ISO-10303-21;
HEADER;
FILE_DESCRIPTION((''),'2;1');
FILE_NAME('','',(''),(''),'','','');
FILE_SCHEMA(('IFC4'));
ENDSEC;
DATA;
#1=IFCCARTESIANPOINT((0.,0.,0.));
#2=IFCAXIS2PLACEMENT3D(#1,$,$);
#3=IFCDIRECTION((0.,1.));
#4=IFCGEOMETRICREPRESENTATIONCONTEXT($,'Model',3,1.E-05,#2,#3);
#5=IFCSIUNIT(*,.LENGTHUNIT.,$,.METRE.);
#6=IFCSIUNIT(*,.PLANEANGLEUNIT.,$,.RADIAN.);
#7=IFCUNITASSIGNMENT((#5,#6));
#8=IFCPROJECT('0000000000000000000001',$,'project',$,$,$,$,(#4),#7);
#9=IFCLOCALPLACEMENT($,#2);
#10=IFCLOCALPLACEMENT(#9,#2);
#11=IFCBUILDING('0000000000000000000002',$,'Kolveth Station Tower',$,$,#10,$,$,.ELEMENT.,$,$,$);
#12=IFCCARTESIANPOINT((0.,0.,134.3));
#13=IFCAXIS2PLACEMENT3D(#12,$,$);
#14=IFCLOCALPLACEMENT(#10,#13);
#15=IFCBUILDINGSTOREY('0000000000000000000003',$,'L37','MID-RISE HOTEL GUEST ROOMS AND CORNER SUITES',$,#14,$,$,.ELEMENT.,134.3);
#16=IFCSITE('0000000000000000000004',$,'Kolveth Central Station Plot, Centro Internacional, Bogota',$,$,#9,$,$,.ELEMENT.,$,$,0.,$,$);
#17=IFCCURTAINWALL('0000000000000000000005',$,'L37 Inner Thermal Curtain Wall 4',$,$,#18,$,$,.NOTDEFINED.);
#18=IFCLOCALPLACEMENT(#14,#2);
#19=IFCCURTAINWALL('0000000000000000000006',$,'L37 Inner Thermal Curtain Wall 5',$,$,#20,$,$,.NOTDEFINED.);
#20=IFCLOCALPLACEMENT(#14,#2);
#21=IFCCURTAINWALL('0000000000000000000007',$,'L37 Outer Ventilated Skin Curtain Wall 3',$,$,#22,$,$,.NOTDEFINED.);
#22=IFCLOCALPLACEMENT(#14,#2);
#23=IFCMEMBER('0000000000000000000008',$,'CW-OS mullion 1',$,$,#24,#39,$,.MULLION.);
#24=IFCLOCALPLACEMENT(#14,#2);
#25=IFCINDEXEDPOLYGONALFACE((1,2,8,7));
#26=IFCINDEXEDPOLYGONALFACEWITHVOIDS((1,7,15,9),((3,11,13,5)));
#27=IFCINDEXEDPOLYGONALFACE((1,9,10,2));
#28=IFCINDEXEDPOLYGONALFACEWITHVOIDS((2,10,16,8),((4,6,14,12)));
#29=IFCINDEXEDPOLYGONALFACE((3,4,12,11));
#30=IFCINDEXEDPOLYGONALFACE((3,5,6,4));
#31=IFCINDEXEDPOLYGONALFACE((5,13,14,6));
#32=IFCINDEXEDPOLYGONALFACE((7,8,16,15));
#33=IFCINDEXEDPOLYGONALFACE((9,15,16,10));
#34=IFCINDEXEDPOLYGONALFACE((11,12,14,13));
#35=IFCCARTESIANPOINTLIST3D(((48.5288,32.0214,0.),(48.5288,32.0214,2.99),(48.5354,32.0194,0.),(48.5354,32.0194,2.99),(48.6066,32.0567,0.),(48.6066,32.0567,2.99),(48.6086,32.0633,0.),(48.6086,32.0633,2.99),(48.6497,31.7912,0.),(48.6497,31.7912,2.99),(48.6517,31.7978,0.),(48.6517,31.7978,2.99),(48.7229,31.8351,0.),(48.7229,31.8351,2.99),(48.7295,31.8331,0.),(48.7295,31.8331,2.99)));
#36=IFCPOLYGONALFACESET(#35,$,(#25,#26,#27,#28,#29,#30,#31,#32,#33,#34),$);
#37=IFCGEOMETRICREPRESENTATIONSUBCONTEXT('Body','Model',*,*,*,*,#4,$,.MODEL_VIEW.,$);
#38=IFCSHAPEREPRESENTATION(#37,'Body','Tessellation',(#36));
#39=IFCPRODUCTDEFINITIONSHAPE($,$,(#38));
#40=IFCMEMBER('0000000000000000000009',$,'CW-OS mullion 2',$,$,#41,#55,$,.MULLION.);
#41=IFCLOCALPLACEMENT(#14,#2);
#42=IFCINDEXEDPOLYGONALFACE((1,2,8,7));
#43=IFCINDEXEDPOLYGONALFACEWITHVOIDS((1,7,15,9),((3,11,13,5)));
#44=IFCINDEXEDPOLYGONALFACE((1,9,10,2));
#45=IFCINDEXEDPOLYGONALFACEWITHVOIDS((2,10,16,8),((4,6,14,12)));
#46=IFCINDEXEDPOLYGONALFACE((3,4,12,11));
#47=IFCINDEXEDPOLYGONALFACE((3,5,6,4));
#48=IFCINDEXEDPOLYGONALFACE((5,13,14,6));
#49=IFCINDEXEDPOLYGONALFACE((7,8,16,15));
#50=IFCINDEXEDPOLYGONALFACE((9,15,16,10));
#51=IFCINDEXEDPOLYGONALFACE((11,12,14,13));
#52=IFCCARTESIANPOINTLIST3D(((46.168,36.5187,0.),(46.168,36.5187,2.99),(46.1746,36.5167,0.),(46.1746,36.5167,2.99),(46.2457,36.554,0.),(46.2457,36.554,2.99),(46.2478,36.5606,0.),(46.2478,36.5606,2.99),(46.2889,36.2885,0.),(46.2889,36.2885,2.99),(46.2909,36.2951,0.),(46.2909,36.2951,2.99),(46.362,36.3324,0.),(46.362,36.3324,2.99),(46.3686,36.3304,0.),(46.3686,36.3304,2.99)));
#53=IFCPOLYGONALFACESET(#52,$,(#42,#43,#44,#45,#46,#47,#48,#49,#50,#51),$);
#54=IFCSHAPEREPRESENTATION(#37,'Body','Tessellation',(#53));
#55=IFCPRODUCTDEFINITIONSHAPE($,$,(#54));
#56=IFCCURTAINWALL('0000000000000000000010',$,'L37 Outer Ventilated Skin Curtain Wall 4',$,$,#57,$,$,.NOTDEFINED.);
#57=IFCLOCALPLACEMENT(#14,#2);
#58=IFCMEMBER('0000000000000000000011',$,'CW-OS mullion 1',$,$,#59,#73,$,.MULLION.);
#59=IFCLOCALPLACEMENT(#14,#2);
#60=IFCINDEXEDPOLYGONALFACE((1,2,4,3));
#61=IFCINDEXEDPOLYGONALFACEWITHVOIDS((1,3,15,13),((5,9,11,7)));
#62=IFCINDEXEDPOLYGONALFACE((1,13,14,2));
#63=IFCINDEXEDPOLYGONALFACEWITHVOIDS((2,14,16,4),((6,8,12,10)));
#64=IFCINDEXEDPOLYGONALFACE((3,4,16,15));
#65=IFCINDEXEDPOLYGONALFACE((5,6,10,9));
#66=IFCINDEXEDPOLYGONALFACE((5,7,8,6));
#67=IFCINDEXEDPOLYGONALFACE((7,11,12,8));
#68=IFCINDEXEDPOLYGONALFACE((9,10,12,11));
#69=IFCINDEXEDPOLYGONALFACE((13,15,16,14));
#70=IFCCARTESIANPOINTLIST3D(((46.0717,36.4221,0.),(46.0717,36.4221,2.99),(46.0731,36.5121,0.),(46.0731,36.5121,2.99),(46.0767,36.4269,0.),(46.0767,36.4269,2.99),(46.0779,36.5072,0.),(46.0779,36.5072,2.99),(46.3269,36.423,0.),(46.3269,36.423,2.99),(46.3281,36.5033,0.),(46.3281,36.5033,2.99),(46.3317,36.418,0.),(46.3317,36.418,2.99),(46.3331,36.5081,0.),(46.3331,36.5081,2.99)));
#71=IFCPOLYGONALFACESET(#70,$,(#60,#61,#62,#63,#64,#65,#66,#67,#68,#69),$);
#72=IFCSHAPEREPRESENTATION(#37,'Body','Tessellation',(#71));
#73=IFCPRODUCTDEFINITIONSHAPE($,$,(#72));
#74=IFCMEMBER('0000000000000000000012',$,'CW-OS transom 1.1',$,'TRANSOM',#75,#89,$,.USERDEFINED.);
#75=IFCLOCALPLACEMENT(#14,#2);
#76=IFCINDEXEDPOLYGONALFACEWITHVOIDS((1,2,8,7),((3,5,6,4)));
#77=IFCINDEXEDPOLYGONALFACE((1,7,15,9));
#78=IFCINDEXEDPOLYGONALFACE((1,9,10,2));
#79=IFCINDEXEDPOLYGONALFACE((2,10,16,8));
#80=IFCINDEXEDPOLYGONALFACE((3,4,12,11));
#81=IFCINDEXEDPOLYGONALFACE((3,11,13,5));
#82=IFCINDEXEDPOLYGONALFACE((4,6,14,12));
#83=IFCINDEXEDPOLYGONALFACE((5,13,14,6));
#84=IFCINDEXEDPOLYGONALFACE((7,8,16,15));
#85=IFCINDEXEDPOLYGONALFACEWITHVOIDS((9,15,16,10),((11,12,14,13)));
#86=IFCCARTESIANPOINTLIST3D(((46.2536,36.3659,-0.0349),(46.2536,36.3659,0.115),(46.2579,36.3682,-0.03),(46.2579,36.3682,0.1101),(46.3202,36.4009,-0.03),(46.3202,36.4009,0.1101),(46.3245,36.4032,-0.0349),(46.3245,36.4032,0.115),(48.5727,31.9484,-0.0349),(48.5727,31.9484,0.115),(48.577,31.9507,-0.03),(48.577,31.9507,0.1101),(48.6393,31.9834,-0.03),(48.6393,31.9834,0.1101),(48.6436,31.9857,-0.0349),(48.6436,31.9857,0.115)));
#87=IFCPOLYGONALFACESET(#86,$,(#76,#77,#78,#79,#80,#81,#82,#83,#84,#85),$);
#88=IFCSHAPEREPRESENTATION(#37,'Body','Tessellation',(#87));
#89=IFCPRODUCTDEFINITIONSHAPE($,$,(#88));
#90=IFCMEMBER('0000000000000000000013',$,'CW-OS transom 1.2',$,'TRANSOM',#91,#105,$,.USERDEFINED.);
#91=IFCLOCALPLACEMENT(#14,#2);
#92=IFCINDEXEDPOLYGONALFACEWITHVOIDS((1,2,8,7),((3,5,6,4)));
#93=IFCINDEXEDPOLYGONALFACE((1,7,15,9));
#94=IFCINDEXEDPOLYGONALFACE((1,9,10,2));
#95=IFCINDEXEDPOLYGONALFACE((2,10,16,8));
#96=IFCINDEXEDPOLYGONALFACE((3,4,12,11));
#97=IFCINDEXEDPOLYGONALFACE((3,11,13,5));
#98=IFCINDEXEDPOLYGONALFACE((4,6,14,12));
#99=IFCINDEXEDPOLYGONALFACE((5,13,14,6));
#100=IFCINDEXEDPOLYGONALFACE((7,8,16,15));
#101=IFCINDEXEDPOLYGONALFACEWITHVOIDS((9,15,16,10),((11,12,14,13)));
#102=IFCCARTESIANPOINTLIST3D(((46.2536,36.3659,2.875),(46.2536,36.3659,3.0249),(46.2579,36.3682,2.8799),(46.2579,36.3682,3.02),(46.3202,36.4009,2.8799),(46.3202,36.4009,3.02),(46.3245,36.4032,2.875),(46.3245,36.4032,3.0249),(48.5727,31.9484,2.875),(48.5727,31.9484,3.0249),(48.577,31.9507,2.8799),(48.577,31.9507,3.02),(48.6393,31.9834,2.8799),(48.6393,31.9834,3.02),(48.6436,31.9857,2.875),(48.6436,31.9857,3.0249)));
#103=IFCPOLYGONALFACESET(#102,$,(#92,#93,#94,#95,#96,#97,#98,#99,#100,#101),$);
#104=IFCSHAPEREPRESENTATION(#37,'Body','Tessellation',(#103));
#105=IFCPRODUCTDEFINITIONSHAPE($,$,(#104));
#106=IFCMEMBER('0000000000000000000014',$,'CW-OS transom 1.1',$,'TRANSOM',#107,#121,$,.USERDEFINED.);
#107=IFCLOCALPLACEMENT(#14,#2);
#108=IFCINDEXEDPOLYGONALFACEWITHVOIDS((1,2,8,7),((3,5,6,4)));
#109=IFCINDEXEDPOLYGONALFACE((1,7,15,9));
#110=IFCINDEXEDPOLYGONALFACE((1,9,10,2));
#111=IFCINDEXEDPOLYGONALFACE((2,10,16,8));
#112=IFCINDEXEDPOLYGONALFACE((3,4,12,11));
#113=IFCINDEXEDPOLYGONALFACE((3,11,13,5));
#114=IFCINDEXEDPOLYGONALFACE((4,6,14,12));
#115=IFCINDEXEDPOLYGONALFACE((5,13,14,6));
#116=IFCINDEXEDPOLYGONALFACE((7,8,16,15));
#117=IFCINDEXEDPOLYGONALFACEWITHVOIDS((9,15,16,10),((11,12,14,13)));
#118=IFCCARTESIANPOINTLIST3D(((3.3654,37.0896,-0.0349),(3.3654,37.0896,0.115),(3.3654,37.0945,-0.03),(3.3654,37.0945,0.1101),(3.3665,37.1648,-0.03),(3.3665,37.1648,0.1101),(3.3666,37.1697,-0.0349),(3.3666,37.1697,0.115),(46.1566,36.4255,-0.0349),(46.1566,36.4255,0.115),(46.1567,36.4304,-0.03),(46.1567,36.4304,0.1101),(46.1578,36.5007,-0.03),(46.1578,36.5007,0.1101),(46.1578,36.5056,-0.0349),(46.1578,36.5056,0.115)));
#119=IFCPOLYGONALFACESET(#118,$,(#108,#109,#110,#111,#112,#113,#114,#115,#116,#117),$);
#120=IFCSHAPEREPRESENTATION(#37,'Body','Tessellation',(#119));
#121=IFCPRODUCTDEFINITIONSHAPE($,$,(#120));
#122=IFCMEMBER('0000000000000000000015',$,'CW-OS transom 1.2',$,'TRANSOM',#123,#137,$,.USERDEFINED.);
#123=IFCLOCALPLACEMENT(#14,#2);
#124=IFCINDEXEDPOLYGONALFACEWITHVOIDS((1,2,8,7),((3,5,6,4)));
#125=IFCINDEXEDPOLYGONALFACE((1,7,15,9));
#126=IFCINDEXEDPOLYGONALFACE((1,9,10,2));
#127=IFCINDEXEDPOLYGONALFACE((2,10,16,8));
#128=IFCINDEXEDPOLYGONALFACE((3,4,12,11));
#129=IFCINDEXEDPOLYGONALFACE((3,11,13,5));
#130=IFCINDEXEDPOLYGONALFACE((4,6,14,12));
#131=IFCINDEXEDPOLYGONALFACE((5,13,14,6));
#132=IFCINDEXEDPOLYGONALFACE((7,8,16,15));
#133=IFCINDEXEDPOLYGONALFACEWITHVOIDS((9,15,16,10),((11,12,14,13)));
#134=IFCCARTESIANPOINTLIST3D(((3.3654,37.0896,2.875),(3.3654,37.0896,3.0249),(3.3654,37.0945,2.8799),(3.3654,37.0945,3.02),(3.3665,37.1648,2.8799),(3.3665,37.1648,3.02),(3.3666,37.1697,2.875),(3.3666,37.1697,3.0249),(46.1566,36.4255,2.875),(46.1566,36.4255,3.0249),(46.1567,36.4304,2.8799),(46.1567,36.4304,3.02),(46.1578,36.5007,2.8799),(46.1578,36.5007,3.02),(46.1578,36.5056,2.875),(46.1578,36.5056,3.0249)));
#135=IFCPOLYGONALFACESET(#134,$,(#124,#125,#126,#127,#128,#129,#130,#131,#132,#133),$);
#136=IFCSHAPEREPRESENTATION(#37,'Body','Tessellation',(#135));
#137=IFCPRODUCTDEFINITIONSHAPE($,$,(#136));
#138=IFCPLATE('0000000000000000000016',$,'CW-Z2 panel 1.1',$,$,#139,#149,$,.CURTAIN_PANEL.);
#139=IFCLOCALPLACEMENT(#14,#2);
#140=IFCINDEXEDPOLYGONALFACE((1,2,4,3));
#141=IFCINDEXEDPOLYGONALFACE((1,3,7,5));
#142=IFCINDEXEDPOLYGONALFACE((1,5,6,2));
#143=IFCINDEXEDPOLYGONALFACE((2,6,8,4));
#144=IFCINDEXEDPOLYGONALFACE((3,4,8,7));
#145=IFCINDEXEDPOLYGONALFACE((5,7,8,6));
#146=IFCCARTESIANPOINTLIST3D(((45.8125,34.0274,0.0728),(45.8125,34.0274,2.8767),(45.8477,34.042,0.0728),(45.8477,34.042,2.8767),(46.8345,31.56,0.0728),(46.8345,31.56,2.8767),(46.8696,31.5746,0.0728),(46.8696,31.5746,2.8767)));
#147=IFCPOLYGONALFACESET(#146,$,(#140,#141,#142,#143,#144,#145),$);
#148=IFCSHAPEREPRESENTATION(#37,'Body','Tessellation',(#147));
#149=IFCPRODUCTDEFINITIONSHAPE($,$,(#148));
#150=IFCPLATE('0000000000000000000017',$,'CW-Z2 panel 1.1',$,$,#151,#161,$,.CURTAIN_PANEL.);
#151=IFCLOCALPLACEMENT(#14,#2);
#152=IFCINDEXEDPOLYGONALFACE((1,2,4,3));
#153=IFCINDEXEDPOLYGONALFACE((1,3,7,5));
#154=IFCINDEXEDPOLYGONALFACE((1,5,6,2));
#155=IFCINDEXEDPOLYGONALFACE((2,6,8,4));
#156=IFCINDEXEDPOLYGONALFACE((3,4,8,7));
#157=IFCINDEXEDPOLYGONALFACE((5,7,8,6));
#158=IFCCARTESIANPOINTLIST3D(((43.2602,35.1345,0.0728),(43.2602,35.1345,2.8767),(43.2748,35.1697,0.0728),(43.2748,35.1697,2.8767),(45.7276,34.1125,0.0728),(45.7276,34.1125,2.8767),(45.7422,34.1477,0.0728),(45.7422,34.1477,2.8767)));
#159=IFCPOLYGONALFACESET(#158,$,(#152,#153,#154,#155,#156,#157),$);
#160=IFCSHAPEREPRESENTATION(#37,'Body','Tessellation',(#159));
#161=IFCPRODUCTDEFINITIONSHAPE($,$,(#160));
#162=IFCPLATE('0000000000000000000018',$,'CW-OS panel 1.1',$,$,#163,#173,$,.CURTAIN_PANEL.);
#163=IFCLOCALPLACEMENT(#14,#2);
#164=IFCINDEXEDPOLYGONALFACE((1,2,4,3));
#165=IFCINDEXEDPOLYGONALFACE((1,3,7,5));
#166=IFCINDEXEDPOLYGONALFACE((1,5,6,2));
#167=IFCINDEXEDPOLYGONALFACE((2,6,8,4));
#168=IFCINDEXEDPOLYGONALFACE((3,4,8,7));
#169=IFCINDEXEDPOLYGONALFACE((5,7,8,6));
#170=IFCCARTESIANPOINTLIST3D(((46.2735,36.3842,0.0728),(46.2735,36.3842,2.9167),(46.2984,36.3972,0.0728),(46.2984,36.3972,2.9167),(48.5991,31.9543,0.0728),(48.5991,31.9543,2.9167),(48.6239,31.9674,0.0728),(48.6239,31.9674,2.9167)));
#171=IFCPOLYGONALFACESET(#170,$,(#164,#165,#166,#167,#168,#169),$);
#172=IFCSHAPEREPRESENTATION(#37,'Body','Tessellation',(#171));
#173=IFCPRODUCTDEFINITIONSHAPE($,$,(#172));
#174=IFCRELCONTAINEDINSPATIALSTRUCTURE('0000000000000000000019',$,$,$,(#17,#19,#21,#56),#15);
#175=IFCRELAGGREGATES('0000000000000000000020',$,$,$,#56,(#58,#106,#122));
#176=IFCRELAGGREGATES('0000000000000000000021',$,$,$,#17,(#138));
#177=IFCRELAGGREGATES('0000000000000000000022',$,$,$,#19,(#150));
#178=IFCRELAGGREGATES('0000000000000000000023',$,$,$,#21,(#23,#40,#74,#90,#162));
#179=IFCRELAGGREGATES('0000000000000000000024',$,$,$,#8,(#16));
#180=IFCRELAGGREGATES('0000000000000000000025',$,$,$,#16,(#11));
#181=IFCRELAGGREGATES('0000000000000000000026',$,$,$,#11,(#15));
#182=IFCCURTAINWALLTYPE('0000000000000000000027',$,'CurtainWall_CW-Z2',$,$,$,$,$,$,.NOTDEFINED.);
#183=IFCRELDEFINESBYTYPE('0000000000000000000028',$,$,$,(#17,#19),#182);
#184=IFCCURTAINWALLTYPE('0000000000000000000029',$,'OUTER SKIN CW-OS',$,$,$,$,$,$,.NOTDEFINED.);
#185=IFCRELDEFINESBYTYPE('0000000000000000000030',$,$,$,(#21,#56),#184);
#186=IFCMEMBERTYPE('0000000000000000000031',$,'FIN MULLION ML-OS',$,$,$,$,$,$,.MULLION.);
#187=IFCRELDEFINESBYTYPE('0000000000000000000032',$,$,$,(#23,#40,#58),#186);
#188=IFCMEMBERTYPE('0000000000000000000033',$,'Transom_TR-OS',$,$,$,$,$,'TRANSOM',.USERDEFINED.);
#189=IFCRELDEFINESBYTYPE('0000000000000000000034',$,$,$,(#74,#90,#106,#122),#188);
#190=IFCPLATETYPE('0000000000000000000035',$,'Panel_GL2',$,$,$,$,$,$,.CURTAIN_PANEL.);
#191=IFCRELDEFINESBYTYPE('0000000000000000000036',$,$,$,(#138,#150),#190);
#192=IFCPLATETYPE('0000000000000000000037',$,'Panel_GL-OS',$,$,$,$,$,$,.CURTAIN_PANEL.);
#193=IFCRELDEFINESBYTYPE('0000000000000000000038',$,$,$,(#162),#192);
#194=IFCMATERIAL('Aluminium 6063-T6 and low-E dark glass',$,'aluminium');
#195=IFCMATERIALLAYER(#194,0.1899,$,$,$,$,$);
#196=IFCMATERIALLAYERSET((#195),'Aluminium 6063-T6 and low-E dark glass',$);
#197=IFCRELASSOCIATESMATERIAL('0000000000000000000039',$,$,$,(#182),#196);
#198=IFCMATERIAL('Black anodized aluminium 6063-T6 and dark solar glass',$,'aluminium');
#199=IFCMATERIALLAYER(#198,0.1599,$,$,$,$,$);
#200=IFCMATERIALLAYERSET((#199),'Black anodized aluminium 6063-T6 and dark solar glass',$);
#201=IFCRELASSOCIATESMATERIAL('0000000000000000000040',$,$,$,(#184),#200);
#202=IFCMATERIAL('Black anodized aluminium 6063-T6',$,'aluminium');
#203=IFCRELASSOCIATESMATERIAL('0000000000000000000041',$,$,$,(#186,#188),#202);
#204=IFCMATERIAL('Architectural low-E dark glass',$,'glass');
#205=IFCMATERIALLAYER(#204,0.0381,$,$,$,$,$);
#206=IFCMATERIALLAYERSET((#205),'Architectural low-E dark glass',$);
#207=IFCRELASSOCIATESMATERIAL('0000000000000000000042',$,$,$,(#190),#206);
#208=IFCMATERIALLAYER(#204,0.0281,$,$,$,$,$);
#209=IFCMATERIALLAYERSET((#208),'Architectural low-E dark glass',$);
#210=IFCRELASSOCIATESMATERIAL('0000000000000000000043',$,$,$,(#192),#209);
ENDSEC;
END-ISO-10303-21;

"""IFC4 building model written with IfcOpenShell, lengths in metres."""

from ifc_helpers import new_model, si_unit, direction, frame, origin, origin_2d, place, context, subcontext, project, spatial, rectangle, hollow_rectangle, extrude, source, transform, mapped, material, layer, layer_set, material_profile, profile_set, type_object, element, aggregate, save


model = new_model("IFC4")

# Units and contexts
model_context = context("Model", 3, precision=1e-05, world=origin(), true_north=direction((0.0, 1.0)))
body_context = subcontext(model_context, "Body", "Model", "MODEL_VIEW")
ifc_project = project(units=[si_unit("LENGTHUNIT", "METRE"), si_unit("PLANEANGLEUNIT", "RADIAN")], contexts=[model_context])

# Site, building, storey
site_placement = place(None, origin())
site = spatial("IfcSite", under=ifc_project, at=site_placement, Name="Kolveth Central Station Plot, Centro Internacional, Bogota", CompositionType="ELEMENT", RefElevation=0.0)
building_placement = place(site_placement, origin())
building = spatial("IfcBuilding", under=site, at=building_placement, Name="Kolveth Station Tower", CompositionType="ELEMENT")
storey_placement = place(building_placement, frame((0.0, 0.0, 134.3)))
storey = spatial("IfcBuildingStorey", under=building, at=storey_placement, Name="L37", Description="MID-RISE HOTEL GUEST ROOMS AND CORNER SUITES", CompositionType="ELEMENT", Elevation=134.3)

# Curtain wall
ifc_material_1 = material(Name="Aluminium 6063-T6 and low-E dark glass", Category="aluminium")
ifc_layer_1 = layer(ifc_material_1, 0.1899)
ifc_layer_set_1 = layer_set([ifc_layer_1], Name="Aluminium 6063-T6 and low-E dark glass")
curtain_wall_type_1 = type_object("IfcCurtainWallType", Name="CurtainWall_CW-Z2", PredefinedType="NOTDEFINED", material=ifc_layer_set_1)
curtain_wall_1_placement = place(storey_placement, origin())
curtain_wall_1 = element("IfcCurtainWall", 1, at=curtain_wall_1_placement, inside=storey, type_object=curtain_wall_type_1, Name="L37 Inner Thermal Curtain Wall 4", PredefinedType="NOTDEFINED")
ifc_material_2 = material(Name="Black anodized aluminium 6063-T6", Category="aluminium")

# Curtain wall
curtain_wall_2_placement = place(storey_placement, origin())
curtain_wall_2 = element("IfcCurtainWall", 2, at=curtain_wall_2_placement, inside=storey, type_object=curtain_wall_type_1, Name="L37 Inner Thermal Curtain Wall 5", PredefinedType="NOTDEFINED")

# Shared definitions
ifc_material_3 = material(Name="Black anodized aluminium 6063-T6 and dark solar glass", Category="aluminium")
ifc_layer_2 = layer(ifc_material_3, 0.1599)
ifc_layer_set_2 = layer_set([ifc_layer_2], Name="Black anodized aluminium 6063-T6 and dark solar glass")
curtain_wall_type_2 = type_object("IfcCurtainWallType", Name="OUTER SKIN CW-OS", PredefinedType="NOTDEFINED", material=ifc_layer_set_2)
ifc_material_profile_1 = material_profile(ifc_material_2, hollow_rectangle(XDim=0.0901, YDim=0.26, WallThickness=0.0049, at=origin_2d()), Name="ALU-90x260x5")
ifc_profile_set_1 = profile_set([ifc_material_profile_1], Name="Black anodized aluminium 6063-T6")
member_type_1 = type_object("IfcMemberType", Name="FIN MULLION ML-OS", PredefinedType="MULLION", material=ifc_profile_set_1)
shared_shape_1 = source(origin(), body_context, "Body", "SweptSolid", [
    extrude(hollow_rectangle(XDim=0.0901, YDim=0.26, WallThickness=0.0049, at=origin_2d()), origin(), (0.0, 0.0, 1.0), 2.99),
])

# Curtain wall, members
curtain_wall_3_placement = place(storey_placement, origin())
curtain_wall_3 = element("IfcCurtainWall", 3, at=curtain_wall_3_placement, inside=storey, type_object=curtain_wall_type_2, Name="L37 Outer Ventilated Skin Curtain Wall 3", PredefinedType="NOTDEFINED")
member_1_placement = place(storey_placement, frame((48.6292, 31.9272, 0.0), z_axis=(0.0, 0.0, 1.0), x_axis=(-0.885412, -0.464808, 0.0)))
member_1 = element("IfcMember", 4, at=member_1_placement, type_object=member_type_1, Name="CW-OS mullion 1", PredefinedType="MULLION", context=body_context, shape_type="MappedRepresentation", body=[
    mapped(shared_shape_1, transform((0.0, 0.0, 0.0), x_axis=(1.0, 0.0, 0.0), y_axis=(0.0, 1.0, 0.0), z_axis=(0.0, 0.0, 1.0), scale=1.0)),
])
member_2_placement = place(storey_placement, frame((46.2683, 36.4246, 0.0), z_axis=(0.0, 0.0, 1.0), x_axis=(-0.885412, -0.464808, 0.0)))
member_2 = element("IfcMember", 5, at=member_2_placement, type_object=member_type_1, Name="CW-OS mullion 2", PredefinedType="MULLION", context=body_context, shape_type="MappedRepresentation", body=[
    mapped(shared_shape_1, transform((0.0, 0.0, 0.0), x_axis=(1.0, 0.0, 0.0), y_axis=(0.0, 1.0, 0.0), z_axis=(0.0, 0.0, 1.0), scale=1.0)),
])

# Curtain wall, member
curtain_wall_4_placement = place(storey_placement, origin())
curtain_wall_4 = element("IfcCurtainWall", 6, at=curtain_wall_4_placement, inside=storey, type_object=curtain_wall_type_2, Name="L37 Outer Ventilated Skin Curtain Wall 4", PredefinedType="NOTDEFINED")
member_3_placement = place(storey_placement, frame((46.2024, 36.4651, 0.0), z_axis=(0.0, 0.0, 1.0), x_axis=(-0.015513, -0.99988, 0.0)))
member_3 = element("IfcMember", 7, at=member_3_placement, type_object=member_type_1, Name="CW-OS mullion 1", PredefinedType="MULLION", context=body_context, shape_type="MappedRepresentation", body=[
    mapped(shared_shape_1, transform((0.0, 0.0, 0.0), x_axis=(1.0, 0.0, 0.0), y_axis=(0.0, 1.0, 0.0), z_axis=(0.0, 0.0, 1.0), scale=1.0)),
])

# Members
ifc_material_profile_2 = material_profile(ifc_material_2, hollow_rectangle(XDim=0.0801, YDim=0.1499, WallThickness=0.0049, at=origin_2d()), Name="ALU-80x150x5")
ifc_profile_set_2 = profile_set([ifc_material_profile_2], Name="Black anodized aluminium 6063-T6")
member_type_2 = type_object("IfcMemberType", Name="Transom_TR-OS", ElementType="TRANSOM", PredefinedType="USERDEFINED", material=ifc_profile_set_2)
shared_shape_2 = source(origin(), body_context, "Body", "SweptSolid", [
    extrude(hollow_rectangle(XDim=0.0801, YDim=0.1499, WallThickness=0.0049, at=origin_2d()), origin(), (0.0, 0.0, 1.0), 4.9893),
])
member_4_placement = place(storey_placement, frame((48.6082, 31.967, 0.04), z_axis=(-0.46482, 0.885405, 0.0), x_axis=(-0.885405, -0.46482, 0.0)))
member_4 = element("IfcMember", 8, at=member_4_placement, type_object=member_type_2, Name="CW-OS transom 1.1", ObjectType="TRANSOM", PredefinedType="USERDEFINED", context=body_context, shape_type="MappedRepresentation", body=[
    mapped(shared_shape_2, transform((0.0, 0.0, 0.0), x_axis=(1.0, 0.0, 0.0), y_axis=(0.0, 1.0, 0.0), z_axis=(0.0, 0.0, 1.0), scale=1.0)),
])
member_5_placement = place(storey_placement, frame((48.6082, 31.967, 2.95), z_axis=(-0.46482, 0.885405, 0.0), x_axis=(-0.885405, -0.46482, 0.0)))
member_5 = element("IfcMember", 9, at=member_5_placement, type_object=member_type_2, Name="CW-OS transom 1.2", ObjectType="TRANSOM", PredefinedType="USERDEFINED", context=body_context, shape_type="MappedRepresentation", body=[
    mapped(shared_shape_2, transform((0.0, 0.0, 0.0), x_axis=(1.0, 0.0, 0.0), y_axis=(0.0, 1.0, 0.0), z_axis=(0.0, 0.0, 1.0), scale=1.0)),
])
shared_shape_3 = source(origin(), body_context, "Body", "SweptSolid", [
    extrude(hollow_rectangle(XDim=0.0801, YDim=0.1499, WallThickness=0.0049, at=origin_2d()), origin(), (0.0, 0.0, 1.0), 42.7964),
])
member_6_placement = place(storey_placement, frame((46.1572, 36.4656, 0.04), z_axis=(-0.99988, 0.015517, 0.0), x_axis=(-0.015517, -0.99988, 0.0)))
member_6 = element("IfcMember", 10, at=member_6_placement, type_object=member_type_2, Name="CW-OS transom 1.1", ObjectType="TRANSOM", PredefinedType="USERDEFINED", context=body_context, shape_type="MappedRepresentation", body=[
    mapped(shared_shape_3, transform((0.0, 0.0, 0.0), x_axis=(1.0, 0.0, 0.0), y_axis=(0.0, 1.0, 0.0), z_axis=(0.0, 0.0, 1.0), scale=1.0)),
])
member_7_placement = place(storey_placement, frame((46.1572, 36.4656, 2.95), z_axis=(-0.99988, 0.015517, 0.0), x_axis=(-0.015517, -0.99988, 0.0)))
member_7 = element("IfcMember", 11, at=member_7_placement, type_object=member_type_2, Name="CW-OS transom 1.2", ObjectType="TRANSOM", PredefinedType="USERDEFINED", context=body_context, shape_type="MappedRepresentation", body=[
    mapped(shared_shape_3, transform((0.0, 0.0, 0.0), x_axis=(1.0, 0.0, 0.0), y_axis=(0.0, 1.0, 0.0), z_axis=(0.0, 0.0, 1.0), scale=1.0)),
])
aggregate(curtain_wall_4, [member_3, member_6, member_7])

# Plates
ifc_material_4 = material(Name="Architectural low-E dark glass", Category="glass")
ifc_layer_3 = layer(ifc_material_4, 0.0381)
ifc_layer_set_3 = layer_set([ifc_layer_3], Name="Architectural low-E dark glass")
plate_type_1 = type_object("IfcPlateType", Name="Panel_GL2", PredefinedType="CURTAIN_PANEL", material=ifc_layer_set_3)
shared_shape_4 = source(origin(), body_context, "Body", "SweptSolid", [
    extrude(rectangle(XDim=2.6707, YDim=0.0381, at=origin_2d()), origin(), (0.0, 0.0, 1.0), 2.804),
])
plate_1_placement = place(storey_placement, frame((46.3411, 32.801, 0.0728), z_axis=(0.0, 0.0, 1.0), x_axis=(-0.382663, 0.923888, 0.0)))
plate_1 = element("IfcPlate", 12, at=plate_1_placement, type_object=plate_type_1, Name="CW-Z2 panel 1.1", PredefinedType="CURTAIN_PANEL", context=body_context, shape_type="MappedRepresentation", body=[
    mapped(shared_shape_4, transform((0.0, 0.0, 0.0), x_axis=(1.0, 0.0, 0.0), y_axis=(0.0, 1.0, 0.0), z_axis=(0.0, 0.0, 1.0), scale=1.0)),
])
aggregate(curtain_wall_1, [plate_1])
plate_2_placement = place(storey_placement, frame((44.5012, 34.6411, 0.0728), z_axis=(0.0, 0.0, 1.0), x_axis=(-0.923888, 0.382663, 0.0)))
plate_2 = element("IfcPlate", 13, at=plate_2_placement, type_object=plate_type_1, Name="CW-Z2 panel 1.1", PredefinedType="CURTAIN_PANEL", context=body_context, shape_type="MappedRepresentation", body=[
    mapped(shared_shape_4, transform((0.0, 0.0, 0.0), x_axis=(1.0, 0.0, 0.0), y_axis=(0.0, 1.0, 0.0), z_axis=(0.0, 0.0, 1.0), scale=1.0)),
])
aggregate(curtain_wall_2, [plate_2])
ifc_layer_4 = layer(ifc_material_4, 0.0281)
ifc_layer_set_4 = layer_set([ifc_layer_4], Name="Architectural low-E dark glass")
plate_type_2 = type_object("IfcPlateType", Name="Panel_GL-OS", PredefinedType="CURTAIN_PANEL", material=ifc_layer_set_4)
shared_shape_5 = source(origin(), body_context, "Body", "SweptSolid", [
    extrude(rectangle(XDim=5.0032, YDim=0.0281, at=origin_2d()), origin(), (0.0, 0.0, 1.0), 2.844),
])
plate_3_placement = place(storey_placement, frame((47.4487, 34.1758, 0.0728), z_axis=(0.0, 0.0, 1.0), x_axis=(-0.464808, 0.885412, 0.0)))
plate_3 = element("IfcPlate", 14, at=plate_3_placement, type_object=plate_type_2, Name="CW-OS panel 1.1", PredefinedType="CURTAIN_PANEL", context=body_context, shape_type="MappedRepresentation", body=[
    mapped(shared_shape_5, transform((0.0, 0.0, 0.0), x_axis=(1.0, 0.0, 0.0), y_axis=(0.0, 1.0, 0.0), z_axis=(0.0, 0.0, 1.0), scale=1.0)),
])
aggregate(curtain_wall_3, [member_1, member_2, member_4, member_5, plate_3])

save(model, "model.ifc")
